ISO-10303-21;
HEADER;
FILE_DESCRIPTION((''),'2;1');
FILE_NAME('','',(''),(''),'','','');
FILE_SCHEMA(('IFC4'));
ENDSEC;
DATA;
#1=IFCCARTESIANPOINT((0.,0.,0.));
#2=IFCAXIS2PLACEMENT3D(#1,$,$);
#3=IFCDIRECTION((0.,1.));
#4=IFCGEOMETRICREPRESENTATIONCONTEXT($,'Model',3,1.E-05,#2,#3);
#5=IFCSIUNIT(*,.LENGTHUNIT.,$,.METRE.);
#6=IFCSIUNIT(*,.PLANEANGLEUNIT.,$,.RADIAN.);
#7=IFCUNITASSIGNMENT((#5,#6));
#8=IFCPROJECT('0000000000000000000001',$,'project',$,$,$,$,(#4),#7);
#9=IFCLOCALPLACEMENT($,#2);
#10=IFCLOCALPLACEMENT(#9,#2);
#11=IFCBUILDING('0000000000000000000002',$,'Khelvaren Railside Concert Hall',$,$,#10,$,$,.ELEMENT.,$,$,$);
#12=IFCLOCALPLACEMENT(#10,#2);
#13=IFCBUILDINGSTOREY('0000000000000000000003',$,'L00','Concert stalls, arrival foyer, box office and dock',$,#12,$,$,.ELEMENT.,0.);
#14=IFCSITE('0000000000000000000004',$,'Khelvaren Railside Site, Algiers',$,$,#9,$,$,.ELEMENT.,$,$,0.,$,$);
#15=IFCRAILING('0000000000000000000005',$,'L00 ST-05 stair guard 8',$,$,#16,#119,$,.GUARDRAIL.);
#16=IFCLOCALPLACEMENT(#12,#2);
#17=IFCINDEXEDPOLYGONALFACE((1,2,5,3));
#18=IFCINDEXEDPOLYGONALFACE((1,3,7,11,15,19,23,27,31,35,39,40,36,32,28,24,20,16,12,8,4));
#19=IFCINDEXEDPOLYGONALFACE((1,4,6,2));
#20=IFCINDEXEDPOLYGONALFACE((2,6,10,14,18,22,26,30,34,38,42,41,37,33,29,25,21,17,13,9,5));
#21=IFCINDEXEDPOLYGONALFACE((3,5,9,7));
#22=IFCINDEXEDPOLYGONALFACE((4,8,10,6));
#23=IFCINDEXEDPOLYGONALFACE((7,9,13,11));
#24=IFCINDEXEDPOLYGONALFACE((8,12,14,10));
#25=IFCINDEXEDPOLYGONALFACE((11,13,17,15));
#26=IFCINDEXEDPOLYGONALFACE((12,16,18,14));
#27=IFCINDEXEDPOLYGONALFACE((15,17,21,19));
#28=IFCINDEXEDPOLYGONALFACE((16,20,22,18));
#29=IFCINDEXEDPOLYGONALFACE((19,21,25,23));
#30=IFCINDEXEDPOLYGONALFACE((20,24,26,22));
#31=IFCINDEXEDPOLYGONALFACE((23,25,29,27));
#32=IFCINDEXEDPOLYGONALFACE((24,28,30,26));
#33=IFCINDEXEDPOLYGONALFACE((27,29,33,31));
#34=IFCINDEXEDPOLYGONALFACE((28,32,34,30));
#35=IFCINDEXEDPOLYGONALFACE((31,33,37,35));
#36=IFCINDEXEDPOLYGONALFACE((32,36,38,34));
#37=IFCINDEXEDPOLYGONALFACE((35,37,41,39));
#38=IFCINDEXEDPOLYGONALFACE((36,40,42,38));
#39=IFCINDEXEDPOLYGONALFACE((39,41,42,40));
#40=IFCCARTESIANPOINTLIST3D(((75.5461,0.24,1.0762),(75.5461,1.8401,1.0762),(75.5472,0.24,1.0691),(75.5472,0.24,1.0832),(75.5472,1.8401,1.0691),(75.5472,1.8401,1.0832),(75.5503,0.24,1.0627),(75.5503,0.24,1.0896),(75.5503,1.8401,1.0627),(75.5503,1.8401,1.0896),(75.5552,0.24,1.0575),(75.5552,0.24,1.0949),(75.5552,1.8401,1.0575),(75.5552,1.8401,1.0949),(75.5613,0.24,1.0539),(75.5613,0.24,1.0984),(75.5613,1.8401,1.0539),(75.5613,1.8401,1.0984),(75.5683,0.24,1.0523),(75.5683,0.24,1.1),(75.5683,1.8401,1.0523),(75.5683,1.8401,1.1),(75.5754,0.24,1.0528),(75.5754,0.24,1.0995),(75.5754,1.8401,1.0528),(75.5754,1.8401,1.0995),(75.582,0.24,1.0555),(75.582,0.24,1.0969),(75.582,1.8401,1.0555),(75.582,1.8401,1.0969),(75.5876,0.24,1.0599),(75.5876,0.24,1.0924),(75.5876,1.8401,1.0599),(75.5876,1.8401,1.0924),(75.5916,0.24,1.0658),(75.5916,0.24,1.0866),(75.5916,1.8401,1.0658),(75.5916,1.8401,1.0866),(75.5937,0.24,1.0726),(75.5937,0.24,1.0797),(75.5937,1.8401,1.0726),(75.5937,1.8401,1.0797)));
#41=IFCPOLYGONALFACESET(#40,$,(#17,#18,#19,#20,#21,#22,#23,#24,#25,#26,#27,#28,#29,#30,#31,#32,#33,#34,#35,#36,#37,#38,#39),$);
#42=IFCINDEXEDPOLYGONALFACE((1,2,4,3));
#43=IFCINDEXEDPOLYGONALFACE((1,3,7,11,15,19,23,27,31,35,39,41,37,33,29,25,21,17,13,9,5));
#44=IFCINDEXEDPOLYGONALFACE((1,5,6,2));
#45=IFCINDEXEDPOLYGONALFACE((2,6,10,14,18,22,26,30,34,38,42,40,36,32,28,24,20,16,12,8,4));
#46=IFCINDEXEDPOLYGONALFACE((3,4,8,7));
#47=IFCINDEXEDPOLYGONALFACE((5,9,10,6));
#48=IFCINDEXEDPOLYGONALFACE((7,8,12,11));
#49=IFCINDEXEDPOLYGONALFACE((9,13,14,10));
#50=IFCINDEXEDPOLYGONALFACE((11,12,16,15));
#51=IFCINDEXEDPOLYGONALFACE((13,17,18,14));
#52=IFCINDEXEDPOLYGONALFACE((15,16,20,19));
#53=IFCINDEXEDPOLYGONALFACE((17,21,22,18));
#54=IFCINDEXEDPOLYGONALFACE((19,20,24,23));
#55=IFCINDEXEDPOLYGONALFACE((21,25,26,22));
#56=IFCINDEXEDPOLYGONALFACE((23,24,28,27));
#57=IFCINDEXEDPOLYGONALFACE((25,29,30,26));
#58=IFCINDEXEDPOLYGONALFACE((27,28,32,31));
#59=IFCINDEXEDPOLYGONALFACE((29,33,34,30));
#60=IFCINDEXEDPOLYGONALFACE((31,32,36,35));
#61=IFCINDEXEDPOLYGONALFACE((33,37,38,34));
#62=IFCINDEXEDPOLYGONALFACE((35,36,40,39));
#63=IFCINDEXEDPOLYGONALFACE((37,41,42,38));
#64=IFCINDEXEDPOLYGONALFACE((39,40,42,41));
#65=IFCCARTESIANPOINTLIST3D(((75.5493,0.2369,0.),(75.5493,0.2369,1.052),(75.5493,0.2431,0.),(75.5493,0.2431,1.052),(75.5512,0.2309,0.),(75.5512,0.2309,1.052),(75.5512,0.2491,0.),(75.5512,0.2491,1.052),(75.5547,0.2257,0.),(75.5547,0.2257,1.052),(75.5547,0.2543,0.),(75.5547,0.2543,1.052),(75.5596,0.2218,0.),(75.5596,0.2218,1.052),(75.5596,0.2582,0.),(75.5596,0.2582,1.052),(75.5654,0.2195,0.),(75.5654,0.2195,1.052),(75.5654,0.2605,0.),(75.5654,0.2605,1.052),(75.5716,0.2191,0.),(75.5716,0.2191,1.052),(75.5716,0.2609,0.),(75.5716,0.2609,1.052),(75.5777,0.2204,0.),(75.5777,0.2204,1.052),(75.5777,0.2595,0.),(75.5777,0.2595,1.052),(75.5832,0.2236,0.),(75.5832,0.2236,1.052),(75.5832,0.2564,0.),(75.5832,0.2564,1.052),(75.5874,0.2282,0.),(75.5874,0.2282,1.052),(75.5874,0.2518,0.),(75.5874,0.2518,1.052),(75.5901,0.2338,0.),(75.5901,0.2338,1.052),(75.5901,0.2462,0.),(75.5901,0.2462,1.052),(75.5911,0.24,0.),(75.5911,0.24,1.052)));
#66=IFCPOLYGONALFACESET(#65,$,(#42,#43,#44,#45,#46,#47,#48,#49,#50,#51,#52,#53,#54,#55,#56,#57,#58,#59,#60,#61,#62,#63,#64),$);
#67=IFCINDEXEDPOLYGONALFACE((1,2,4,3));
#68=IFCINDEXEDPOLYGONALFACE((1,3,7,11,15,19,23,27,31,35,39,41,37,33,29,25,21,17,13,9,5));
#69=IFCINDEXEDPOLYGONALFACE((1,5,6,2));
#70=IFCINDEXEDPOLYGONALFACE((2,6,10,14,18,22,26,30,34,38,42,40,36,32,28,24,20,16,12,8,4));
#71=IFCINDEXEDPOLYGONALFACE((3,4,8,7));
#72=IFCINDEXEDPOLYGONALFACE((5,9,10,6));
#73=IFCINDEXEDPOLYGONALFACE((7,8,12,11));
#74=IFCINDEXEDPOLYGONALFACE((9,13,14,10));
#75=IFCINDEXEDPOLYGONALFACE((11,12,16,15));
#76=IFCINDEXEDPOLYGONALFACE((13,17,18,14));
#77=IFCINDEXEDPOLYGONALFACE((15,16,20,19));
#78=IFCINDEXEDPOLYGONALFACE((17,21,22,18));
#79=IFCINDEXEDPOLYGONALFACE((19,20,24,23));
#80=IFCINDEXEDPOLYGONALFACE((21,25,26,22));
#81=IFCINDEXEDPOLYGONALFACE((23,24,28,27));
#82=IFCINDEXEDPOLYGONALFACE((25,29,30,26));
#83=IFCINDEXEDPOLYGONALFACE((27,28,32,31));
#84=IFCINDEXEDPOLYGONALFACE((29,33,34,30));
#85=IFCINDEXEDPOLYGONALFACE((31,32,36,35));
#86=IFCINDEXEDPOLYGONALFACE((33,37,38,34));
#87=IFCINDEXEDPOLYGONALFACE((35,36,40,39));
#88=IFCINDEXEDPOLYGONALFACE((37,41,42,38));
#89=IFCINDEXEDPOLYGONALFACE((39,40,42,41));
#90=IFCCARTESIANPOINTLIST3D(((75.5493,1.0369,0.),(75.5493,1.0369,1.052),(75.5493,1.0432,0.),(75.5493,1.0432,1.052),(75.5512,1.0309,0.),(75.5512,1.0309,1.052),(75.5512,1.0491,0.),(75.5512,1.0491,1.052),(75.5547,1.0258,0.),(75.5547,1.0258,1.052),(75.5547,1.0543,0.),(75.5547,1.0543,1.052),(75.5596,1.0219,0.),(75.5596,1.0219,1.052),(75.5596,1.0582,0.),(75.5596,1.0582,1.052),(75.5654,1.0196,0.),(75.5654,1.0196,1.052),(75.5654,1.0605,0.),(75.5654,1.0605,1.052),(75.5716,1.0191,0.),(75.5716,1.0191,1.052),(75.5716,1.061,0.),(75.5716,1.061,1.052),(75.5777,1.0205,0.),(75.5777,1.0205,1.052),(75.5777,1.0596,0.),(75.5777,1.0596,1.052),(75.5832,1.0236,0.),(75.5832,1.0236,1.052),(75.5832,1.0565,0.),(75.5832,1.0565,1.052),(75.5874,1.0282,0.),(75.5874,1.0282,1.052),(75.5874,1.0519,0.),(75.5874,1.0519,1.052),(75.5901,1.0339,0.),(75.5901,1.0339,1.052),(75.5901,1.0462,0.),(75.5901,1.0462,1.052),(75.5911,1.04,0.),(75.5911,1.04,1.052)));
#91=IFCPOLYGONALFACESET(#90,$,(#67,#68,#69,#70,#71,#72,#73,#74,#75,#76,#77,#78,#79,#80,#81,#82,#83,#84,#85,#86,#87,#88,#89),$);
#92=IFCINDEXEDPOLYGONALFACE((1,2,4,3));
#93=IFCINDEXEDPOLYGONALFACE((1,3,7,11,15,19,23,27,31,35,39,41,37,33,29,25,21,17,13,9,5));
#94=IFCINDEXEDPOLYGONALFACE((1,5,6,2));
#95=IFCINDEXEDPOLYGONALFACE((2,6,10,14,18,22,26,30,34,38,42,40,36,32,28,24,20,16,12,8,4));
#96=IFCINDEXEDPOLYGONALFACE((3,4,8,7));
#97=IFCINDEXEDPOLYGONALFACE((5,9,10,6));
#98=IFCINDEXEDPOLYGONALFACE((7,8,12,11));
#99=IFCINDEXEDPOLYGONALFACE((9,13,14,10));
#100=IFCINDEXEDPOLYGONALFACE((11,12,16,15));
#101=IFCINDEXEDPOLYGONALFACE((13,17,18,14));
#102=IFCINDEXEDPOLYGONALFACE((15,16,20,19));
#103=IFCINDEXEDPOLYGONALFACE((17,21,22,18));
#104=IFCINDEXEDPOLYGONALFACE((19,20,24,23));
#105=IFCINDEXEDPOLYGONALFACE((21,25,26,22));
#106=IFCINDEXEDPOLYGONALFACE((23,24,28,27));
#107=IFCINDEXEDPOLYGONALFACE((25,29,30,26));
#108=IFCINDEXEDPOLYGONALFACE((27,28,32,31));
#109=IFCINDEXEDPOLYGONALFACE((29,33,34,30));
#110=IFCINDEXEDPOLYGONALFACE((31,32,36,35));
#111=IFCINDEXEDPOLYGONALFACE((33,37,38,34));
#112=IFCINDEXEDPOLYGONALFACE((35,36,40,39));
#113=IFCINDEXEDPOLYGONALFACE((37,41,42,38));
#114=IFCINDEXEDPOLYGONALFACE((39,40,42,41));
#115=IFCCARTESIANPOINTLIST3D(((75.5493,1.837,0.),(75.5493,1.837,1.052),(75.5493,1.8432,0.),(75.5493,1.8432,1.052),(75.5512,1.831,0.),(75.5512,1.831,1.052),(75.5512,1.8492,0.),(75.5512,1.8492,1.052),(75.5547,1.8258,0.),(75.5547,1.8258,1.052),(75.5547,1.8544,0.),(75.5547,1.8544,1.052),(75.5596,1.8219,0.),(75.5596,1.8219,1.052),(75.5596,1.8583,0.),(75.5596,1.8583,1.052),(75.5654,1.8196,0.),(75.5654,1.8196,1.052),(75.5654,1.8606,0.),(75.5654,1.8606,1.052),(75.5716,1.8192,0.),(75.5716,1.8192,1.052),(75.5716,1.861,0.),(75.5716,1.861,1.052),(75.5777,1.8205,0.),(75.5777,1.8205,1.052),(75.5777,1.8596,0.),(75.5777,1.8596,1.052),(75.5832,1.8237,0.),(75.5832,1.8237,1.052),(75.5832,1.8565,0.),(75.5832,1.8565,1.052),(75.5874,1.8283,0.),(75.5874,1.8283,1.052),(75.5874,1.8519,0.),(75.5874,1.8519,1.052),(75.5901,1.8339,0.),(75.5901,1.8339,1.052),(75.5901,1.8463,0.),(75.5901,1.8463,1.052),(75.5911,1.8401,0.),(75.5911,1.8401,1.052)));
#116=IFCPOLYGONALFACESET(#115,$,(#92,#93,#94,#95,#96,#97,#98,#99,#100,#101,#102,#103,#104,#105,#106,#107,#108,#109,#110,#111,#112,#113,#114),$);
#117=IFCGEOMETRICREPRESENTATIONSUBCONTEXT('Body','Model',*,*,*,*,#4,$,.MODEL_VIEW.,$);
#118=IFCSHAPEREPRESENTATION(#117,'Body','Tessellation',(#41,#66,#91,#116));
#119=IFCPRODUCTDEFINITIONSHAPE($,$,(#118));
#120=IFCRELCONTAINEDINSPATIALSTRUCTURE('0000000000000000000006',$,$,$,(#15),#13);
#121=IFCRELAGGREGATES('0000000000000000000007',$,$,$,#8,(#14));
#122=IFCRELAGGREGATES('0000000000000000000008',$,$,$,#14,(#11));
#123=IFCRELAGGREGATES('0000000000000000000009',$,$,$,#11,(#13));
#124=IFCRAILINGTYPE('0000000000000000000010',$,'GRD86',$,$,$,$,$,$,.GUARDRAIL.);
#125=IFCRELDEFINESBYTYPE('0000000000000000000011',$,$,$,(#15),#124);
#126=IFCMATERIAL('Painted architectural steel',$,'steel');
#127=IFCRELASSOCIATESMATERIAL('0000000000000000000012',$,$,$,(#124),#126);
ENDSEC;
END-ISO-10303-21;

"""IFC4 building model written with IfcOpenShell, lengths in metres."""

from ifc_helpers import new_model, si_unit, direction, frame, origin, origin_2d, place, context, subcontext, project, spatial, circle, extrude, material, type_object, element, save


model = new_model("IFC4")

# Units and contexts
model_context = context("Model", 3, precision=1e-05, world=origin(), true_north=direction((0.0, 1.0)))
body_context = subcontext(model_context, "Body", "Model", "MODEL_VIEW")
ifc_project = project(units=[si_unit("LENGTHUNIT", "METRE"), si_unit("PLANEANGLEUNIT", "RADIAN")], contexts=[model_context])

# Site, building, storey
site_placement = place(None, origin())
site = spatial("IfcSite", under=ifc_project, at=site_placement, Name="Khelvaren Railside Site, Algiers", CompositionType="ELEMENT", RefElevation=0.0)
building_placement = place(site_placement, origin())
building = spatial("IfcBuilding", under=site, at=building_placement, Name="Khelvaren Railside Concert Hall", CompositionType="ELEMENT")
storey_placement = place(building_placement, origin())
storey = spatial("IfcBuildingStorey", under=building, at=storey_placement, Name="L00", Description="Concert stalls, arrival foyer, box office and dock", CompositionType="ELEMENT", Elevation=0.0)

# Railing
ifc_material_1 = material(Name="Painted architectural steel", Category="steel")
railing_type_1 = type_object("IfcRailingType", Name="GRD86", PredefinedType="GUARDRAIL", material=ifc_material_1)
railing_1_placement = place(storey_placement, frame((75.5701, 0.24, 0.0)))
element("IfcRailing", 1, at=railing_1_placement, inside=storey, type_object=railing_type_1, Name="L00 ST-05 stair guard 8", PredefinedType="GUARDRAIL", context=body_context, shape_type="SweptSolid", body=[
    extrude(circle(Radius=0.0239, at=origin_2d()), frame((0.0, 0.0, 1.0762), z_axis=(0.0, 1.0, 0.0), x_axis=(-1.0, 0.0, 0.0)), (0.0, 0.0, 1.0), 1.6001),
    extrude(circle(Radius=0.021, at=origin_2d()), origin(), (0.0, 0.0, 1.0), 1.052),
    extrude(circle(Radius=0.021, at=origin_2d()), frame((0.0, 0.8, 0.0)), (0.0, 0.0, 1.0), 1.052),
    extrude(circle(Radius=0.021, at=origin_2d()), frame((0.0, 1.6001, 0.0)), (0.0, 0.0, 1.0), 1.052),
])

save(model, "model.ifc")
